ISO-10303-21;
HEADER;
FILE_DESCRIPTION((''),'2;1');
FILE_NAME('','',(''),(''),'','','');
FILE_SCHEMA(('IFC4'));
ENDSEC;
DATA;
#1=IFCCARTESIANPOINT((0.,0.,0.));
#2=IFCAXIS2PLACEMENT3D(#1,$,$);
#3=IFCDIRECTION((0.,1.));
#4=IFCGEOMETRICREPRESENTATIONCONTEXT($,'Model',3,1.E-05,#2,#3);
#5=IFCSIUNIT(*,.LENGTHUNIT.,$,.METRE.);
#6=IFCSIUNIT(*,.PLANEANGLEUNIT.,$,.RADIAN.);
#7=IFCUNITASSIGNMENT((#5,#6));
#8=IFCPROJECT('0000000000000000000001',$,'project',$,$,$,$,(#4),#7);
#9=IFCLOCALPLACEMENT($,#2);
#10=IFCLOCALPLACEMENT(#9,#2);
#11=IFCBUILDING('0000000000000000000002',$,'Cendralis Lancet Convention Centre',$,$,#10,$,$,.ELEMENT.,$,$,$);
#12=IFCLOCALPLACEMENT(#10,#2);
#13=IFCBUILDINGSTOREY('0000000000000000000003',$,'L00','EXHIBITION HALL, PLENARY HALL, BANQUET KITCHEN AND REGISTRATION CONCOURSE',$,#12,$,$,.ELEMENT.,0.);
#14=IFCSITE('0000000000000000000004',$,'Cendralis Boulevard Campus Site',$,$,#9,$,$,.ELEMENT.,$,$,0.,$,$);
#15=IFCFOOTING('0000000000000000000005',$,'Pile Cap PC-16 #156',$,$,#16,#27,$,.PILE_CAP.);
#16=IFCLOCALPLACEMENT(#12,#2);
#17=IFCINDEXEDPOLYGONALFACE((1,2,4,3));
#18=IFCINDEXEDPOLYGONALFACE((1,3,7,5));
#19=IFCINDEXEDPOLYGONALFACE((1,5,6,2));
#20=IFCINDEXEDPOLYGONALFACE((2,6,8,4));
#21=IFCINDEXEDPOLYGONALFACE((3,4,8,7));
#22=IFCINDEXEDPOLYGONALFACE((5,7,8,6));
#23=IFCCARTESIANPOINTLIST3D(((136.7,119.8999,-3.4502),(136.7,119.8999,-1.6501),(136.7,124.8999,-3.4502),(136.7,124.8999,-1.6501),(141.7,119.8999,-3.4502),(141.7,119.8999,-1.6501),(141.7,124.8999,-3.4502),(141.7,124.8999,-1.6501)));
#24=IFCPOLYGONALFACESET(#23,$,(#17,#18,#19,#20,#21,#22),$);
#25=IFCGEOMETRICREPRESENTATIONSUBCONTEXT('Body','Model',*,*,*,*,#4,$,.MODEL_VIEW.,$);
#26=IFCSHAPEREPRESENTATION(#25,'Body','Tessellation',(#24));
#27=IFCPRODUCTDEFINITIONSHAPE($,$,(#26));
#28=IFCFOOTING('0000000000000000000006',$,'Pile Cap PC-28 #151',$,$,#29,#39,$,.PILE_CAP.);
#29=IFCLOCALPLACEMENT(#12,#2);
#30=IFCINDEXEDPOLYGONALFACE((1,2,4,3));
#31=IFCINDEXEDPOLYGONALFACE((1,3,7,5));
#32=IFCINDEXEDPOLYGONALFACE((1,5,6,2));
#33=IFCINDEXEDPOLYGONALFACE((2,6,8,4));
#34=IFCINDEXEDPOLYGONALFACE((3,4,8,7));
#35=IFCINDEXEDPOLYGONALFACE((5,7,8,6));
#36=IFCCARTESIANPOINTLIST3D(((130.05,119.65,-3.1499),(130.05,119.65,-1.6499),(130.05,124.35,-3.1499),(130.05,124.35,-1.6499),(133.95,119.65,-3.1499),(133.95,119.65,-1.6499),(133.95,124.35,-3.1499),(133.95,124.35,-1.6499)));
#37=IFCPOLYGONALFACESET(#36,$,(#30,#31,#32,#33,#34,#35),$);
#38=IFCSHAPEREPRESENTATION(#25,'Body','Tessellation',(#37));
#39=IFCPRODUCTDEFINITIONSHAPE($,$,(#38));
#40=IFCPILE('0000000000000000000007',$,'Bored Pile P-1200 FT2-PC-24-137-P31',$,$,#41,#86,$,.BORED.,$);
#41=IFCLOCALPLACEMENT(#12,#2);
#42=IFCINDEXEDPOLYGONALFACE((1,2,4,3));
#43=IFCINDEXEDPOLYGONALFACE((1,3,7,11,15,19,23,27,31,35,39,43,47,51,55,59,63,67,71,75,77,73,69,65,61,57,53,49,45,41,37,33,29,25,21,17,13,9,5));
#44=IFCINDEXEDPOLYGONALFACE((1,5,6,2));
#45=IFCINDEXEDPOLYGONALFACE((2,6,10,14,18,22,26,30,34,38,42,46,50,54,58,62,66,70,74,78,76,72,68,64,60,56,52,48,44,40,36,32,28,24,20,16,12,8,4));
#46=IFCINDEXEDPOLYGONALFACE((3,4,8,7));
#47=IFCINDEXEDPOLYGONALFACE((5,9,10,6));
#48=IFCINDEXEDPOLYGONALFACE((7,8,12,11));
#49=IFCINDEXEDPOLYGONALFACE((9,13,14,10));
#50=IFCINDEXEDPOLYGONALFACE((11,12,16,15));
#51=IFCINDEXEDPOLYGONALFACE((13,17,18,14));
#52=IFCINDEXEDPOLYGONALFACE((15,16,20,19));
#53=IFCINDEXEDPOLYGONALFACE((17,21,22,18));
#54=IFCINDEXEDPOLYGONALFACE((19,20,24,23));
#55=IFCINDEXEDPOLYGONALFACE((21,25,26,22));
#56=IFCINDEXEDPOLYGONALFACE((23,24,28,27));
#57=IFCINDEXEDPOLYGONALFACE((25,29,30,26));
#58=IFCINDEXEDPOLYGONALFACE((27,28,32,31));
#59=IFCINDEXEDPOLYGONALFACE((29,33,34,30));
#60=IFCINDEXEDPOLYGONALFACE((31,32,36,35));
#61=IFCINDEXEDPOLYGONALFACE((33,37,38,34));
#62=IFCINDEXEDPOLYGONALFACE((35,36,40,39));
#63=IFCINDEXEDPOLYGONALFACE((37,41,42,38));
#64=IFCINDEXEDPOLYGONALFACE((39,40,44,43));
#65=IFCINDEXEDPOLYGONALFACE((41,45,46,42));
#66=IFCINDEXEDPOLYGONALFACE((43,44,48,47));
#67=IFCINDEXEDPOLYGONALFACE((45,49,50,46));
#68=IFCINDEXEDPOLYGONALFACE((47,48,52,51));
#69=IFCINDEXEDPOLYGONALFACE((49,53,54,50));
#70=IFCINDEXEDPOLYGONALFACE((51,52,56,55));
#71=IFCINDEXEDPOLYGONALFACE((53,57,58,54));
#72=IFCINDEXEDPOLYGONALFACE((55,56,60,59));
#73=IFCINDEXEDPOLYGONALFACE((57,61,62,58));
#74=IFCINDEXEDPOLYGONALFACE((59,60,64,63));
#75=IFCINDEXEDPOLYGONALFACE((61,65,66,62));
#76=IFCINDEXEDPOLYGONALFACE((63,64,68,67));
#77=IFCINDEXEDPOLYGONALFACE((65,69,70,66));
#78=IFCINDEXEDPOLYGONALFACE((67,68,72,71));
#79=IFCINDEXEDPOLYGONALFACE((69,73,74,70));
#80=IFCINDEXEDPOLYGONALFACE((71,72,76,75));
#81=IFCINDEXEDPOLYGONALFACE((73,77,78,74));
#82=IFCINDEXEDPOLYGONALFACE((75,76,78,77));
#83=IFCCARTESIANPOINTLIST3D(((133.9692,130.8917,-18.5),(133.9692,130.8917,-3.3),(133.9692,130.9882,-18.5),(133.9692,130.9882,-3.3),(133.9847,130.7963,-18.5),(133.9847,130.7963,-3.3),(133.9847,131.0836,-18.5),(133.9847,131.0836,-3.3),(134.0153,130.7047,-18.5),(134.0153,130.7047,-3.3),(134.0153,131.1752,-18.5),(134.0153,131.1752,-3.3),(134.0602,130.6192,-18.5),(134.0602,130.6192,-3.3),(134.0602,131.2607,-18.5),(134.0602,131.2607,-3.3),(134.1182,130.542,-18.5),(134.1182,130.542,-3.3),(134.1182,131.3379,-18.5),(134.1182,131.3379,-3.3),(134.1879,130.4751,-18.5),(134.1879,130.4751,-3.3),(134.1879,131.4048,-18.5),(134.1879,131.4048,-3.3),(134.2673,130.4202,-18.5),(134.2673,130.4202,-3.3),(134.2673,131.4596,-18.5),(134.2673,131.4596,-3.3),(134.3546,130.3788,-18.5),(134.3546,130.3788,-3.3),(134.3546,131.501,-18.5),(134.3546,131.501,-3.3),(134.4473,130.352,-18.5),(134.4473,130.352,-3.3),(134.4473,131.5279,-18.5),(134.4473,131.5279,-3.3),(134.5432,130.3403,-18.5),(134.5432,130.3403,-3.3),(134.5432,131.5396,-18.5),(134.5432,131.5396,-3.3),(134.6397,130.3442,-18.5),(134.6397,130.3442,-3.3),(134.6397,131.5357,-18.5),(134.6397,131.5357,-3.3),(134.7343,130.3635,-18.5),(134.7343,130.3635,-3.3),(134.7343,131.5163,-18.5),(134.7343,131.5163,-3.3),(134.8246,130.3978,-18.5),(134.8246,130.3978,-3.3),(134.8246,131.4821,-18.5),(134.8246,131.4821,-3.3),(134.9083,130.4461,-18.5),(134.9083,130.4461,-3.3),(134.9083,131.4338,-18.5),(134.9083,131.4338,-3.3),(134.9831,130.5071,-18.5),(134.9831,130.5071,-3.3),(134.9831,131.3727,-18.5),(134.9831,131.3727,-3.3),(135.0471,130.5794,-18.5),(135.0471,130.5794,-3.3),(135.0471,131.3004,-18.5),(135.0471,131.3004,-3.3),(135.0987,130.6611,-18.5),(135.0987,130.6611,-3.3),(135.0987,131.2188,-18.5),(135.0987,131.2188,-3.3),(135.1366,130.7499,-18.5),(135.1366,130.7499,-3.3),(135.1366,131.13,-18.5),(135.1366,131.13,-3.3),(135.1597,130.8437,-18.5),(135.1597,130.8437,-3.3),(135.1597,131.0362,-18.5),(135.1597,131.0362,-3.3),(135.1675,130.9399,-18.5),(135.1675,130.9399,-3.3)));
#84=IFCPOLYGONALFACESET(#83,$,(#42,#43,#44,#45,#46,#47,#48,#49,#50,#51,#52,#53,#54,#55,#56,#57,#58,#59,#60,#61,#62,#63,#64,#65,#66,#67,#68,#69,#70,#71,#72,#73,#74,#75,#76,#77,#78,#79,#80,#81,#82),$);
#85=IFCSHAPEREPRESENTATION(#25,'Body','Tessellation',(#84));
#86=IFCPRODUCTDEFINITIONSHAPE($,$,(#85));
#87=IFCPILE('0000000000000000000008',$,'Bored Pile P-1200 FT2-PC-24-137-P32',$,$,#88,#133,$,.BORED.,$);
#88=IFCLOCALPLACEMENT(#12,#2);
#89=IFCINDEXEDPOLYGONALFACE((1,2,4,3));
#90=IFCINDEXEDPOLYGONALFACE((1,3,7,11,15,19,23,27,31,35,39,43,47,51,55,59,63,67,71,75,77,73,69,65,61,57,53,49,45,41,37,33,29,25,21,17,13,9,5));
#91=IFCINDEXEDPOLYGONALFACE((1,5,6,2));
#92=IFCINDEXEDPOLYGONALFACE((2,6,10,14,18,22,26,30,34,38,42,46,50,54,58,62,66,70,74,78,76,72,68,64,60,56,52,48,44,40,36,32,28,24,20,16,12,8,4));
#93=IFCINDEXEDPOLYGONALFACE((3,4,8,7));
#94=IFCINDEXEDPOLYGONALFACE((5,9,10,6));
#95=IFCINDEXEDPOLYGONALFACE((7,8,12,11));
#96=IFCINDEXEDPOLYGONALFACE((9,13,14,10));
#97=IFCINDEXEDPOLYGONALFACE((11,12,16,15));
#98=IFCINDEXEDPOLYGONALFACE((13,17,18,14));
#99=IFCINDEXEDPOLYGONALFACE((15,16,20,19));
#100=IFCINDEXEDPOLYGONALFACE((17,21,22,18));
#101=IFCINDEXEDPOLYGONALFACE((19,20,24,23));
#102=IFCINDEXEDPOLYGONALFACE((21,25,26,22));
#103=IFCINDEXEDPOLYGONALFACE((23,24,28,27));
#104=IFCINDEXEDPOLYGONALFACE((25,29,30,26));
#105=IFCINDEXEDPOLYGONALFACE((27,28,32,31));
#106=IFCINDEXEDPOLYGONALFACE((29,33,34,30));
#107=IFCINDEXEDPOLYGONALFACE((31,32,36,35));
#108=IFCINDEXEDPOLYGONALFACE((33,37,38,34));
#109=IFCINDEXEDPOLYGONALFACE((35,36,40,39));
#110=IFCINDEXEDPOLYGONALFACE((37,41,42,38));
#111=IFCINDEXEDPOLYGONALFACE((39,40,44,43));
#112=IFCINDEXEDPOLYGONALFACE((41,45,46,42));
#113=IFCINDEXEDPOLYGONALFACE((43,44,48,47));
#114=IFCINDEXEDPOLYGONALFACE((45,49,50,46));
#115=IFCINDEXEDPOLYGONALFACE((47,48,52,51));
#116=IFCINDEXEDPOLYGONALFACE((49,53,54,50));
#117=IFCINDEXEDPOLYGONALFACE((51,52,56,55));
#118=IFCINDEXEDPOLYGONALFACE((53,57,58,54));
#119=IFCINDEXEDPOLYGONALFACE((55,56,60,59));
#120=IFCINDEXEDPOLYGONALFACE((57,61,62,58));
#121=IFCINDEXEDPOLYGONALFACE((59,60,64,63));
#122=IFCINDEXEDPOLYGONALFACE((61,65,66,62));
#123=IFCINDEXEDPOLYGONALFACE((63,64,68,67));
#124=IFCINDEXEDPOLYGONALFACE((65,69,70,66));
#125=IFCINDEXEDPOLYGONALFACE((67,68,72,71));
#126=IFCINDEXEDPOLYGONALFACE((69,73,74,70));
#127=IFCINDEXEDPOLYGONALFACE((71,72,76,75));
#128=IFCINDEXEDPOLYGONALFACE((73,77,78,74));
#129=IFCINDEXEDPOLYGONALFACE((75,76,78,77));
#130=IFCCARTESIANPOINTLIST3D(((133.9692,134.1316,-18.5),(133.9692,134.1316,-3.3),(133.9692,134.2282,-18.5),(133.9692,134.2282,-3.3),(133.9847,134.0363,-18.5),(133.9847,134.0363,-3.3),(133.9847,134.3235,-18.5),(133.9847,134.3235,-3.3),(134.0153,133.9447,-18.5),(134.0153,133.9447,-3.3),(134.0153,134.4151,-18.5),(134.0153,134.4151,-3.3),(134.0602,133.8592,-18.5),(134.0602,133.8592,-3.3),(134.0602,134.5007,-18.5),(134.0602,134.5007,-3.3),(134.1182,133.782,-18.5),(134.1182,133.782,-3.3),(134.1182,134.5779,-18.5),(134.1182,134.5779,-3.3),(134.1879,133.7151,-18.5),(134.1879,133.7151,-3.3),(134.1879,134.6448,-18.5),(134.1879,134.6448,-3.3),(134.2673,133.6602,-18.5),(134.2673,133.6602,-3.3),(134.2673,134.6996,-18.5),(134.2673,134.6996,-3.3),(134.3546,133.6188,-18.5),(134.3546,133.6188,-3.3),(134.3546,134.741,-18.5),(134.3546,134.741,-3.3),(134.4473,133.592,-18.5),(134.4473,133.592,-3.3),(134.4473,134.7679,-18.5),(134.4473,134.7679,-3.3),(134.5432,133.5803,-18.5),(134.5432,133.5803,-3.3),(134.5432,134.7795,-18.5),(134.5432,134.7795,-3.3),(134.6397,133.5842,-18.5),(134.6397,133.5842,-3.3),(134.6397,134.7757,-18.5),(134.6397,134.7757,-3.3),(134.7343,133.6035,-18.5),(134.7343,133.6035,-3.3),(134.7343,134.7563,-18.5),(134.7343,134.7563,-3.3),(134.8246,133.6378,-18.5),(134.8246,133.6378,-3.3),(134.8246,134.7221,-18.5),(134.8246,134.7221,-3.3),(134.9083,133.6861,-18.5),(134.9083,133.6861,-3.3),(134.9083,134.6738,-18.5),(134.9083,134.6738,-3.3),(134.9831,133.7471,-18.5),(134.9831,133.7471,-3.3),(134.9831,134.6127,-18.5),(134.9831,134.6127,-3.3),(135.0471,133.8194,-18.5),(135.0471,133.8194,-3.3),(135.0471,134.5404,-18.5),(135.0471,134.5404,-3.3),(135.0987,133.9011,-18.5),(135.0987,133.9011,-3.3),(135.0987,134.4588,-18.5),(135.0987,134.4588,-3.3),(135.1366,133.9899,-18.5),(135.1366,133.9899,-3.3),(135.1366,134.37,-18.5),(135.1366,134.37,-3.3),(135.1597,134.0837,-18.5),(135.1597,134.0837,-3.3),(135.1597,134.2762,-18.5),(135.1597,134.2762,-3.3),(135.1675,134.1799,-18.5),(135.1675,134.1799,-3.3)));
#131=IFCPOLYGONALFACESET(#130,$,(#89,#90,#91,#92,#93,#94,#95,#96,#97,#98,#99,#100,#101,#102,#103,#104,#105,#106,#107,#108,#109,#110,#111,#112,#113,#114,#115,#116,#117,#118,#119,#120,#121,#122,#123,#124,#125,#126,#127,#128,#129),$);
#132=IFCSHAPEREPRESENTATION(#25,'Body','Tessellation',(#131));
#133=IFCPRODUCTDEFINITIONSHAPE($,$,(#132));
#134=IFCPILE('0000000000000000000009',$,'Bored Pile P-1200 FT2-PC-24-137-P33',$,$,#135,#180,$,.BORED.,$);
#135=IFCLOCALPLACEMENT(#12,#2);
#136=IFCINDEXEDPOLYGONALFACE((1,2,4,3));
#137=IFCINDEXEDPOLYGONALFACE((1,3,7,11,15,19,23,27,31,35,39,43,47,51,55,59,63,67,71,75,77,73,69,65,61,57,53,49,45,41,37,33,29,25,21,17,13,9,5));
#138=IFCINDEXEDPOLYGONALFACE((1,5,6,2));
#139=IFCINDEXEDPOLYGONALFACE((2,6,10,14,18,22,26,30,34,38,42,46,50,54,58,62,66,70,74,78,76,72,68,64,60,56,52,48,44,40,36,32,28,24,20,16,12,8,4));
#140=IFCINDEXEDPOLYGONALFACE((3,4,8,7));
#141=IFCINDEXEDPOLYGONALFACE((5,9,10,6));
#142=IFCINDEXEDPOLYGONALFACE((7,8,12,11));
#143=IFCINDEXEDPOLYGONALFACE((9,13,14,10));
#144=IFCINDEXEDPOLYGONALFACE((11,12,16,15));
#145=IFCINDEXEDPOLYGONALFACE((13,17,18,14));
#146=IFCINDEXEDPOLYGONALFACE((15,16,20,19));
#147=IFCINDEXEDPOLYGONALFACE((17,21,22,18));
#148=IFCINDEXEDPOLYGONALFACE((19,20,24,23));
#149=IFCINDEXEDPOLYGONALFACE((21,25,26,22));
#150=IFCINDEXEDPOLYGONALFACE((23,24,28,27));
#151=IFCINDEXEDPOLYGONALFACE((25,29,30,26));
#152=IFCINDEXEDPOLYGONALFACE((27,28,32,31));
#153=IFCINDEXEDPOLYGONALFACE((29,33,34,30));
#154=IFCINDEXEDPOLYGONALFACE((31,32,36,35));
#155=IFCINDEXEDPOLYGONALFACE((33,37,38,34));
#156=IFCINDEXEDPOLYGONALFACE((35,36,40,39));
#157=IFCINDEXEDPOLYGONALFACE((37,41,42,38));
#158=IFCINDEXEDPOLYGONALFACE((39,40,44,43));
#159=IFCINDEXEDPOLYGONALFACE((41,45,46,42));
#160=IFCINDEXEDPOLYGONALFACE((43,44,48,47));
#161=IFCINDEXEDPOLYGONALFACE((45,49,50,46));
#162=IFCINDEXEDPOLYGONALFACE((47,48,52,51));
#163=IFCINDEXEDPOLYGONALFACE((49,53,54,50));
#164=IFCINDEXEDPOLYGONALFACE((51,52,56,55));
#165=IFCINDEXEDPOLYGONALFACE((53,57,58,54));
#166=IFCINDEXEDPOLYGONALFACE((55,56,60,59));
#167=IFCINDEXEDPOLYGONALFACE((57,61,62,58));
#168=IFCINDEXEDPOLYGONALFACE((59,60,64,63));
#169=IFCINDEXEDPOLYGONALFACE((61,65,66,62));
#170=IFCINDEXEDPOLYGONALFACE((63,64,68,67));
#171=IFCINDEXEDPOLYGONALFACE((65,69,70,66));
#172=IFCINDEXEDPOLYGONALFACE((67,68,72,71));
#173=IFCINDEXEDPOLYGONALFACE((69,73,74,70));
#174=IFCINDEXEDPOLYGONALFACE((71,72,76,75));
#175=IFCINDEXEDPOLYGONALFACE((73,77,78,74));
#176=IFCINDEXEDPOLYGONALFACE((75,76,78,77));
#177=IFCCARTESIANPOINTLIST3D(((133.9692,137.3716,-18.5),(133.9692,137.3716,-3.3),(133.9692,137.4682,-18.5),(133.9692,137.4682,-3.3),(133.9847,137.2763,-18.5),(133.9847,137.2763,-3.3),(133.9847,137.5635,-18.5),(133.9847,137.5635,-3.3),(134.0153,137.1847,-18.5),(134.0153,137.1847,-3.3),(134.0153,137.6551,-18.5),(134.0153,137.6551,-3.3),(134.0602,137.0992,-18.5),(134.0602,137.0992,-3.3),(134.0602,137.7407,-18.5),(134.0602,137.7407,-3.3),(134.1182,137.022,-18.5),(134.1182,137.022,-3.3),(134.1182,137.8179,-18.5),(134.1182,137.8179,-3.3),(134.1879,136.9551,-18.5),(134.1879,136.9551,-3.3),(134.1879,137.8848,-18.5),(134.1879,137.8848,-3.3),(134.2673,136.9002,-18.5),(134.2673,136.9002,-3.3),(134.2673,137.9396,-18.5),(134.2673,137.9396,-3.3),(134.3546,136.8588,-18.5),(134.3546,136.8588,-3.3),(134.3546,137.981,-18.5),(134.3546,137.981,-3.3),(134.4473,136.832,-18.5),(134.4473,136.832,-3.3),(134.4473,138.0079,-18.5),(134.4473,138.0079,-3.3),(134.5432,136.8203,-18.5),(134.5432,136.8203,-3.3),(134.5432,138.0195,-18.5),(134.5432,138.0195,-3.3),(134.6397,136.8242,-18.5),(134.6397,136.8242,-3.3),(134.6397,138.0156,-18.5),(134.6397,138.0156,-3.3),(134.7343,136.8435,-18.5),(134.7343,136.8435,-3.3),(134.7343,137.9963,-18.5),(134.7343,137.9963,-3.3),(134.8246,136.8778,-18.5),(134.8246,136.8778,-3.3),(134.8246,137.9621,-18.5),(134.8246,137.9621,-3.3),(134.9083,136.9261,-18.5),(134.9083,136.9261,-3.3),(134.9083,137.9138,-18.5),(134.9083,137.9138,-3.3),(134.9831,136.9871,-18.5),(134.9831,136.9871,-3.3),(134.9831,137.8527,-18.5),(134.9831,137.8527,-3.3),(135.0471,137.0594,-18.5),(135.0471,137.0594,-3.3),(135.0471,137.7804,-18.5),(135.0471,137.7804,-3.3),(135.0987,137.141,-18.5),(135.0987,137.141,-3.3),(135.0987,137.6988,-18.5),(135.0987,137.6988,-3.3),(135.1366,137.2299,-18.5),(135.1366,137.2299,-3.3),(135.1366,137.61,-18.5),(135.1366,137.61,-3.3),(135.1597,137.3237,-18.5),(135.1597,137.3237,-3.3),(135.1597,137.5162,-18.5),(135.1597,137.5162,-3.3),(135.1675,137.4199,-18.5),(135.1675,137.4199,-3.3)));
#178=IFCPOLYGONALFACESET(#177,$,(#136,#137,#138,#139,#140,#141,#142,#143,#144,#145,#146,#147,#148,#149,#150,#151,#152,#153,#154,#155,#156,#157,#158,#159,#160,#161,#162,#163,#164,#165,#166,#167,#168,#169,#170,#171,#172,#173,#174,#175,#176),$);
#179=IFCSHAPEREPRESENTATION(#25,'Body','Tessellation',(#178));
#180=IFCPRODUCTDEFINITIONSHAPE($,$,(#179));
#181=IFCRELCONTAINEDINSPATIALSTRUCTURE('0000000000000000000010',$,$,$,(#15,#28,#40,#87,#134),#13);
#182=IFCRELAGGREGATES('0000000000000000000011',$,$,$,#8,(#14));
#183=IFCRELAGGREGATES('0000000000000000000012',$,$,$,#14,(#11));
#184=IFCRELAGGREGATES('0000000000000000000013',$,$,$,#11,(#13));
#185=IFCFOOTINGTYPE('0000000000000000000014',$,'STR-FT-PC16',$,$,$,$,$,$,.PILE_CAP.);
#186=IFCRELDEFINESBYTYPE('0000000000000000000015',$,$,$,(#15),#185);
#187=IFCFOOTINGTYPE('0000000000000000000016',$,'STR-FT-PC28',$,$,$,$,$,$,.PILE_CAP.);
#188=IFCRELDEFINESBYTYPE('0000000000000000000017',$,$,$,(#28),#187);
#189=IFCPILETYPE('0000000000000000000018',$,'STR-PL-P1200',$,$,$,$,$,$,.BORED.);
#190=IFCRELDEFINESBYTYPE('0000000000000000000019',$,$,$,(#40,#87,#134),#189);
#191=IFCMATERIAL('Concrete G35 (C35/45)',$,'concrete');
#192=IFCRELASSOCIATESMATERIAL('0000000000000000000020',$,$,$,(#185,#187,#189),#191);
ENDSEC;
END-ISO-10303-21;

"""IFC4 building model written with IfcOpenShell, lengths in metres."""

from ifc_helpers import new_model, si_unit, direction, frame, origin, origin_2d, place, context, subcontext, project, spatial, rectangle, circle, extrude, material, material_profile, profile_set, type_object, element, save


model = new_model("IFC4")

# Units and contexts
model_context = context("Model", 3, precision=1e-05, world=origin(), true_north=direction((0.0, 1.0)))
body_context = subcontext(model_context, "Body", "Model", "MODEL_VIEW")
ifc_project = project(units=[si_unit("LENGTHUNIT", "METRE"), si_unit("PLANEANGLEUNIT", "RADIAN")], contexts=[model_context])

# Site, building, storey
site_placement = place(None, origin())
site = spatial("IfcSite", under=ifc_project, at=site_placement, Name="Cendralis Boulevard Campus Site", CompositionType="ELEMENT", RefElevation=0.0)
building_placement = place(site_placement, origin())
building = spatial("IfcBuilding", under=site, at=building_placement, Name="Cendralis Lancet Convention Centre", CompositionType="ELEMENT")
storey_placement = place(building_placement, origin())
storey = spatial("IfcBuildingStorey", under=building, at=storey_placement, Name="L00", Description="EXHIBITION HALL, PLENARY HALL, BANQUET KITCHEN AND REGISTRATION CONCOURSE", CompositionType="ELEMENT", Elevation=0.0)

# Footings
ifc_material_1 = material(Name="Concrete G35 (C35/45)", Category="concrete")
footing_type_1 = type_object("IfcFootingType", Name="STR-FT-PC16", PredefinedType="PILE_CAP", material=ifc_material_1)
footing_1_placement = place(storey_placement, frame((139.2, 122.3999, -3.4502), z_axis=(0.0, 0.0, 1.0), x_axis=(1.0, 0.0, 0.0)))
element("IfcFooting", 1, at=footing_1_placement, inside=storey, type_object=footing_type_1, Name="Pile Cap PC-16 #156", PredefinedType="PILE_CAP", context=body_context, shape_type="SweptSolid", body=[
    extrude(rectangle(XDim=5.0, YDim=5.0, at=origin_2d()), origin(), (0.0, 0.0, 1.0), 1.8),
])
footing_type_2 = type_object("IfcFootingType", Name="STR-FT-PC28", PredefinedType="PILE_CAP", material=ifc_material_1)
footing_2_placement = place(storey_placement, frame((132.0, 122.0, -3.1499), z_axis=(0.0, 0.0, 1.0), x_axis=(1.0, 0.0, 0.0)))
element("IfcFooting", 2, at=footing_2_placement, inside=storey, type_object=footing_type_2, Name="Pile Cap PC-28 #151", PredefinedType="PILE_CAP", context=body_context, shape_type="SweptSolid", body=[
    extrude(rectangle(XDim=3.8999, YDim=4.7, at=origin_2d()), origin(), (0.0, 0.0, 1.0), 1.5),
])

# Piles
ifc_material_profile_1 = material_profile(ifc_material_1, circle(Radius=0.6001, at=origin_2d()), Name="BORED PILE D1200")
ifc_profile_set_1 = profile_set([ifc_material_profile_1], Name="Concrete G35 (C35/45)")
pile_type_1 = type_object("IfcPileType", Name="STR-PL-P1200", PredefinedType="BORED", material=ifc_profile_set_1)
for number, where, z_axis, x_axis, name in (
    (3, (134.5674, 130.9399, -3.3), (0.0, 0.0, -1.0), (1.0, 0.0, 0.0), "Bored Pile P-1200 FT2-PC-24-137-P31"),
    (4, (134.5674, 134.1799, -3.3), (0.0, 0.0, -1.0), (1.0, 0.0, 0.0), "Bored Pile P-1200 FT2-PC-24-137-P32"),
    (5, (134.5674, 137.4199, -3.3), (0.0, 0.0, -1.0), (1.0, 0.0, 0.0), "Bored Pile P-1200 FT2-PC-24-137-P33"),
):
    element("IfcPile", number, at=place(storey_placement, frame(where, z_axis=z_axis, x_axis=x_axis)), inside=storey, type_object=pile_type_1, Name=name, PredefinedType="BORED", context=body_context, shape_type="SweptSolid", body=[
        extrude(circle(Radius=0.6001, at=origin_2d()), origin(), (0.0, 0.0, 1.0), 15.2),
    ])

save(model, "model.ifc")
